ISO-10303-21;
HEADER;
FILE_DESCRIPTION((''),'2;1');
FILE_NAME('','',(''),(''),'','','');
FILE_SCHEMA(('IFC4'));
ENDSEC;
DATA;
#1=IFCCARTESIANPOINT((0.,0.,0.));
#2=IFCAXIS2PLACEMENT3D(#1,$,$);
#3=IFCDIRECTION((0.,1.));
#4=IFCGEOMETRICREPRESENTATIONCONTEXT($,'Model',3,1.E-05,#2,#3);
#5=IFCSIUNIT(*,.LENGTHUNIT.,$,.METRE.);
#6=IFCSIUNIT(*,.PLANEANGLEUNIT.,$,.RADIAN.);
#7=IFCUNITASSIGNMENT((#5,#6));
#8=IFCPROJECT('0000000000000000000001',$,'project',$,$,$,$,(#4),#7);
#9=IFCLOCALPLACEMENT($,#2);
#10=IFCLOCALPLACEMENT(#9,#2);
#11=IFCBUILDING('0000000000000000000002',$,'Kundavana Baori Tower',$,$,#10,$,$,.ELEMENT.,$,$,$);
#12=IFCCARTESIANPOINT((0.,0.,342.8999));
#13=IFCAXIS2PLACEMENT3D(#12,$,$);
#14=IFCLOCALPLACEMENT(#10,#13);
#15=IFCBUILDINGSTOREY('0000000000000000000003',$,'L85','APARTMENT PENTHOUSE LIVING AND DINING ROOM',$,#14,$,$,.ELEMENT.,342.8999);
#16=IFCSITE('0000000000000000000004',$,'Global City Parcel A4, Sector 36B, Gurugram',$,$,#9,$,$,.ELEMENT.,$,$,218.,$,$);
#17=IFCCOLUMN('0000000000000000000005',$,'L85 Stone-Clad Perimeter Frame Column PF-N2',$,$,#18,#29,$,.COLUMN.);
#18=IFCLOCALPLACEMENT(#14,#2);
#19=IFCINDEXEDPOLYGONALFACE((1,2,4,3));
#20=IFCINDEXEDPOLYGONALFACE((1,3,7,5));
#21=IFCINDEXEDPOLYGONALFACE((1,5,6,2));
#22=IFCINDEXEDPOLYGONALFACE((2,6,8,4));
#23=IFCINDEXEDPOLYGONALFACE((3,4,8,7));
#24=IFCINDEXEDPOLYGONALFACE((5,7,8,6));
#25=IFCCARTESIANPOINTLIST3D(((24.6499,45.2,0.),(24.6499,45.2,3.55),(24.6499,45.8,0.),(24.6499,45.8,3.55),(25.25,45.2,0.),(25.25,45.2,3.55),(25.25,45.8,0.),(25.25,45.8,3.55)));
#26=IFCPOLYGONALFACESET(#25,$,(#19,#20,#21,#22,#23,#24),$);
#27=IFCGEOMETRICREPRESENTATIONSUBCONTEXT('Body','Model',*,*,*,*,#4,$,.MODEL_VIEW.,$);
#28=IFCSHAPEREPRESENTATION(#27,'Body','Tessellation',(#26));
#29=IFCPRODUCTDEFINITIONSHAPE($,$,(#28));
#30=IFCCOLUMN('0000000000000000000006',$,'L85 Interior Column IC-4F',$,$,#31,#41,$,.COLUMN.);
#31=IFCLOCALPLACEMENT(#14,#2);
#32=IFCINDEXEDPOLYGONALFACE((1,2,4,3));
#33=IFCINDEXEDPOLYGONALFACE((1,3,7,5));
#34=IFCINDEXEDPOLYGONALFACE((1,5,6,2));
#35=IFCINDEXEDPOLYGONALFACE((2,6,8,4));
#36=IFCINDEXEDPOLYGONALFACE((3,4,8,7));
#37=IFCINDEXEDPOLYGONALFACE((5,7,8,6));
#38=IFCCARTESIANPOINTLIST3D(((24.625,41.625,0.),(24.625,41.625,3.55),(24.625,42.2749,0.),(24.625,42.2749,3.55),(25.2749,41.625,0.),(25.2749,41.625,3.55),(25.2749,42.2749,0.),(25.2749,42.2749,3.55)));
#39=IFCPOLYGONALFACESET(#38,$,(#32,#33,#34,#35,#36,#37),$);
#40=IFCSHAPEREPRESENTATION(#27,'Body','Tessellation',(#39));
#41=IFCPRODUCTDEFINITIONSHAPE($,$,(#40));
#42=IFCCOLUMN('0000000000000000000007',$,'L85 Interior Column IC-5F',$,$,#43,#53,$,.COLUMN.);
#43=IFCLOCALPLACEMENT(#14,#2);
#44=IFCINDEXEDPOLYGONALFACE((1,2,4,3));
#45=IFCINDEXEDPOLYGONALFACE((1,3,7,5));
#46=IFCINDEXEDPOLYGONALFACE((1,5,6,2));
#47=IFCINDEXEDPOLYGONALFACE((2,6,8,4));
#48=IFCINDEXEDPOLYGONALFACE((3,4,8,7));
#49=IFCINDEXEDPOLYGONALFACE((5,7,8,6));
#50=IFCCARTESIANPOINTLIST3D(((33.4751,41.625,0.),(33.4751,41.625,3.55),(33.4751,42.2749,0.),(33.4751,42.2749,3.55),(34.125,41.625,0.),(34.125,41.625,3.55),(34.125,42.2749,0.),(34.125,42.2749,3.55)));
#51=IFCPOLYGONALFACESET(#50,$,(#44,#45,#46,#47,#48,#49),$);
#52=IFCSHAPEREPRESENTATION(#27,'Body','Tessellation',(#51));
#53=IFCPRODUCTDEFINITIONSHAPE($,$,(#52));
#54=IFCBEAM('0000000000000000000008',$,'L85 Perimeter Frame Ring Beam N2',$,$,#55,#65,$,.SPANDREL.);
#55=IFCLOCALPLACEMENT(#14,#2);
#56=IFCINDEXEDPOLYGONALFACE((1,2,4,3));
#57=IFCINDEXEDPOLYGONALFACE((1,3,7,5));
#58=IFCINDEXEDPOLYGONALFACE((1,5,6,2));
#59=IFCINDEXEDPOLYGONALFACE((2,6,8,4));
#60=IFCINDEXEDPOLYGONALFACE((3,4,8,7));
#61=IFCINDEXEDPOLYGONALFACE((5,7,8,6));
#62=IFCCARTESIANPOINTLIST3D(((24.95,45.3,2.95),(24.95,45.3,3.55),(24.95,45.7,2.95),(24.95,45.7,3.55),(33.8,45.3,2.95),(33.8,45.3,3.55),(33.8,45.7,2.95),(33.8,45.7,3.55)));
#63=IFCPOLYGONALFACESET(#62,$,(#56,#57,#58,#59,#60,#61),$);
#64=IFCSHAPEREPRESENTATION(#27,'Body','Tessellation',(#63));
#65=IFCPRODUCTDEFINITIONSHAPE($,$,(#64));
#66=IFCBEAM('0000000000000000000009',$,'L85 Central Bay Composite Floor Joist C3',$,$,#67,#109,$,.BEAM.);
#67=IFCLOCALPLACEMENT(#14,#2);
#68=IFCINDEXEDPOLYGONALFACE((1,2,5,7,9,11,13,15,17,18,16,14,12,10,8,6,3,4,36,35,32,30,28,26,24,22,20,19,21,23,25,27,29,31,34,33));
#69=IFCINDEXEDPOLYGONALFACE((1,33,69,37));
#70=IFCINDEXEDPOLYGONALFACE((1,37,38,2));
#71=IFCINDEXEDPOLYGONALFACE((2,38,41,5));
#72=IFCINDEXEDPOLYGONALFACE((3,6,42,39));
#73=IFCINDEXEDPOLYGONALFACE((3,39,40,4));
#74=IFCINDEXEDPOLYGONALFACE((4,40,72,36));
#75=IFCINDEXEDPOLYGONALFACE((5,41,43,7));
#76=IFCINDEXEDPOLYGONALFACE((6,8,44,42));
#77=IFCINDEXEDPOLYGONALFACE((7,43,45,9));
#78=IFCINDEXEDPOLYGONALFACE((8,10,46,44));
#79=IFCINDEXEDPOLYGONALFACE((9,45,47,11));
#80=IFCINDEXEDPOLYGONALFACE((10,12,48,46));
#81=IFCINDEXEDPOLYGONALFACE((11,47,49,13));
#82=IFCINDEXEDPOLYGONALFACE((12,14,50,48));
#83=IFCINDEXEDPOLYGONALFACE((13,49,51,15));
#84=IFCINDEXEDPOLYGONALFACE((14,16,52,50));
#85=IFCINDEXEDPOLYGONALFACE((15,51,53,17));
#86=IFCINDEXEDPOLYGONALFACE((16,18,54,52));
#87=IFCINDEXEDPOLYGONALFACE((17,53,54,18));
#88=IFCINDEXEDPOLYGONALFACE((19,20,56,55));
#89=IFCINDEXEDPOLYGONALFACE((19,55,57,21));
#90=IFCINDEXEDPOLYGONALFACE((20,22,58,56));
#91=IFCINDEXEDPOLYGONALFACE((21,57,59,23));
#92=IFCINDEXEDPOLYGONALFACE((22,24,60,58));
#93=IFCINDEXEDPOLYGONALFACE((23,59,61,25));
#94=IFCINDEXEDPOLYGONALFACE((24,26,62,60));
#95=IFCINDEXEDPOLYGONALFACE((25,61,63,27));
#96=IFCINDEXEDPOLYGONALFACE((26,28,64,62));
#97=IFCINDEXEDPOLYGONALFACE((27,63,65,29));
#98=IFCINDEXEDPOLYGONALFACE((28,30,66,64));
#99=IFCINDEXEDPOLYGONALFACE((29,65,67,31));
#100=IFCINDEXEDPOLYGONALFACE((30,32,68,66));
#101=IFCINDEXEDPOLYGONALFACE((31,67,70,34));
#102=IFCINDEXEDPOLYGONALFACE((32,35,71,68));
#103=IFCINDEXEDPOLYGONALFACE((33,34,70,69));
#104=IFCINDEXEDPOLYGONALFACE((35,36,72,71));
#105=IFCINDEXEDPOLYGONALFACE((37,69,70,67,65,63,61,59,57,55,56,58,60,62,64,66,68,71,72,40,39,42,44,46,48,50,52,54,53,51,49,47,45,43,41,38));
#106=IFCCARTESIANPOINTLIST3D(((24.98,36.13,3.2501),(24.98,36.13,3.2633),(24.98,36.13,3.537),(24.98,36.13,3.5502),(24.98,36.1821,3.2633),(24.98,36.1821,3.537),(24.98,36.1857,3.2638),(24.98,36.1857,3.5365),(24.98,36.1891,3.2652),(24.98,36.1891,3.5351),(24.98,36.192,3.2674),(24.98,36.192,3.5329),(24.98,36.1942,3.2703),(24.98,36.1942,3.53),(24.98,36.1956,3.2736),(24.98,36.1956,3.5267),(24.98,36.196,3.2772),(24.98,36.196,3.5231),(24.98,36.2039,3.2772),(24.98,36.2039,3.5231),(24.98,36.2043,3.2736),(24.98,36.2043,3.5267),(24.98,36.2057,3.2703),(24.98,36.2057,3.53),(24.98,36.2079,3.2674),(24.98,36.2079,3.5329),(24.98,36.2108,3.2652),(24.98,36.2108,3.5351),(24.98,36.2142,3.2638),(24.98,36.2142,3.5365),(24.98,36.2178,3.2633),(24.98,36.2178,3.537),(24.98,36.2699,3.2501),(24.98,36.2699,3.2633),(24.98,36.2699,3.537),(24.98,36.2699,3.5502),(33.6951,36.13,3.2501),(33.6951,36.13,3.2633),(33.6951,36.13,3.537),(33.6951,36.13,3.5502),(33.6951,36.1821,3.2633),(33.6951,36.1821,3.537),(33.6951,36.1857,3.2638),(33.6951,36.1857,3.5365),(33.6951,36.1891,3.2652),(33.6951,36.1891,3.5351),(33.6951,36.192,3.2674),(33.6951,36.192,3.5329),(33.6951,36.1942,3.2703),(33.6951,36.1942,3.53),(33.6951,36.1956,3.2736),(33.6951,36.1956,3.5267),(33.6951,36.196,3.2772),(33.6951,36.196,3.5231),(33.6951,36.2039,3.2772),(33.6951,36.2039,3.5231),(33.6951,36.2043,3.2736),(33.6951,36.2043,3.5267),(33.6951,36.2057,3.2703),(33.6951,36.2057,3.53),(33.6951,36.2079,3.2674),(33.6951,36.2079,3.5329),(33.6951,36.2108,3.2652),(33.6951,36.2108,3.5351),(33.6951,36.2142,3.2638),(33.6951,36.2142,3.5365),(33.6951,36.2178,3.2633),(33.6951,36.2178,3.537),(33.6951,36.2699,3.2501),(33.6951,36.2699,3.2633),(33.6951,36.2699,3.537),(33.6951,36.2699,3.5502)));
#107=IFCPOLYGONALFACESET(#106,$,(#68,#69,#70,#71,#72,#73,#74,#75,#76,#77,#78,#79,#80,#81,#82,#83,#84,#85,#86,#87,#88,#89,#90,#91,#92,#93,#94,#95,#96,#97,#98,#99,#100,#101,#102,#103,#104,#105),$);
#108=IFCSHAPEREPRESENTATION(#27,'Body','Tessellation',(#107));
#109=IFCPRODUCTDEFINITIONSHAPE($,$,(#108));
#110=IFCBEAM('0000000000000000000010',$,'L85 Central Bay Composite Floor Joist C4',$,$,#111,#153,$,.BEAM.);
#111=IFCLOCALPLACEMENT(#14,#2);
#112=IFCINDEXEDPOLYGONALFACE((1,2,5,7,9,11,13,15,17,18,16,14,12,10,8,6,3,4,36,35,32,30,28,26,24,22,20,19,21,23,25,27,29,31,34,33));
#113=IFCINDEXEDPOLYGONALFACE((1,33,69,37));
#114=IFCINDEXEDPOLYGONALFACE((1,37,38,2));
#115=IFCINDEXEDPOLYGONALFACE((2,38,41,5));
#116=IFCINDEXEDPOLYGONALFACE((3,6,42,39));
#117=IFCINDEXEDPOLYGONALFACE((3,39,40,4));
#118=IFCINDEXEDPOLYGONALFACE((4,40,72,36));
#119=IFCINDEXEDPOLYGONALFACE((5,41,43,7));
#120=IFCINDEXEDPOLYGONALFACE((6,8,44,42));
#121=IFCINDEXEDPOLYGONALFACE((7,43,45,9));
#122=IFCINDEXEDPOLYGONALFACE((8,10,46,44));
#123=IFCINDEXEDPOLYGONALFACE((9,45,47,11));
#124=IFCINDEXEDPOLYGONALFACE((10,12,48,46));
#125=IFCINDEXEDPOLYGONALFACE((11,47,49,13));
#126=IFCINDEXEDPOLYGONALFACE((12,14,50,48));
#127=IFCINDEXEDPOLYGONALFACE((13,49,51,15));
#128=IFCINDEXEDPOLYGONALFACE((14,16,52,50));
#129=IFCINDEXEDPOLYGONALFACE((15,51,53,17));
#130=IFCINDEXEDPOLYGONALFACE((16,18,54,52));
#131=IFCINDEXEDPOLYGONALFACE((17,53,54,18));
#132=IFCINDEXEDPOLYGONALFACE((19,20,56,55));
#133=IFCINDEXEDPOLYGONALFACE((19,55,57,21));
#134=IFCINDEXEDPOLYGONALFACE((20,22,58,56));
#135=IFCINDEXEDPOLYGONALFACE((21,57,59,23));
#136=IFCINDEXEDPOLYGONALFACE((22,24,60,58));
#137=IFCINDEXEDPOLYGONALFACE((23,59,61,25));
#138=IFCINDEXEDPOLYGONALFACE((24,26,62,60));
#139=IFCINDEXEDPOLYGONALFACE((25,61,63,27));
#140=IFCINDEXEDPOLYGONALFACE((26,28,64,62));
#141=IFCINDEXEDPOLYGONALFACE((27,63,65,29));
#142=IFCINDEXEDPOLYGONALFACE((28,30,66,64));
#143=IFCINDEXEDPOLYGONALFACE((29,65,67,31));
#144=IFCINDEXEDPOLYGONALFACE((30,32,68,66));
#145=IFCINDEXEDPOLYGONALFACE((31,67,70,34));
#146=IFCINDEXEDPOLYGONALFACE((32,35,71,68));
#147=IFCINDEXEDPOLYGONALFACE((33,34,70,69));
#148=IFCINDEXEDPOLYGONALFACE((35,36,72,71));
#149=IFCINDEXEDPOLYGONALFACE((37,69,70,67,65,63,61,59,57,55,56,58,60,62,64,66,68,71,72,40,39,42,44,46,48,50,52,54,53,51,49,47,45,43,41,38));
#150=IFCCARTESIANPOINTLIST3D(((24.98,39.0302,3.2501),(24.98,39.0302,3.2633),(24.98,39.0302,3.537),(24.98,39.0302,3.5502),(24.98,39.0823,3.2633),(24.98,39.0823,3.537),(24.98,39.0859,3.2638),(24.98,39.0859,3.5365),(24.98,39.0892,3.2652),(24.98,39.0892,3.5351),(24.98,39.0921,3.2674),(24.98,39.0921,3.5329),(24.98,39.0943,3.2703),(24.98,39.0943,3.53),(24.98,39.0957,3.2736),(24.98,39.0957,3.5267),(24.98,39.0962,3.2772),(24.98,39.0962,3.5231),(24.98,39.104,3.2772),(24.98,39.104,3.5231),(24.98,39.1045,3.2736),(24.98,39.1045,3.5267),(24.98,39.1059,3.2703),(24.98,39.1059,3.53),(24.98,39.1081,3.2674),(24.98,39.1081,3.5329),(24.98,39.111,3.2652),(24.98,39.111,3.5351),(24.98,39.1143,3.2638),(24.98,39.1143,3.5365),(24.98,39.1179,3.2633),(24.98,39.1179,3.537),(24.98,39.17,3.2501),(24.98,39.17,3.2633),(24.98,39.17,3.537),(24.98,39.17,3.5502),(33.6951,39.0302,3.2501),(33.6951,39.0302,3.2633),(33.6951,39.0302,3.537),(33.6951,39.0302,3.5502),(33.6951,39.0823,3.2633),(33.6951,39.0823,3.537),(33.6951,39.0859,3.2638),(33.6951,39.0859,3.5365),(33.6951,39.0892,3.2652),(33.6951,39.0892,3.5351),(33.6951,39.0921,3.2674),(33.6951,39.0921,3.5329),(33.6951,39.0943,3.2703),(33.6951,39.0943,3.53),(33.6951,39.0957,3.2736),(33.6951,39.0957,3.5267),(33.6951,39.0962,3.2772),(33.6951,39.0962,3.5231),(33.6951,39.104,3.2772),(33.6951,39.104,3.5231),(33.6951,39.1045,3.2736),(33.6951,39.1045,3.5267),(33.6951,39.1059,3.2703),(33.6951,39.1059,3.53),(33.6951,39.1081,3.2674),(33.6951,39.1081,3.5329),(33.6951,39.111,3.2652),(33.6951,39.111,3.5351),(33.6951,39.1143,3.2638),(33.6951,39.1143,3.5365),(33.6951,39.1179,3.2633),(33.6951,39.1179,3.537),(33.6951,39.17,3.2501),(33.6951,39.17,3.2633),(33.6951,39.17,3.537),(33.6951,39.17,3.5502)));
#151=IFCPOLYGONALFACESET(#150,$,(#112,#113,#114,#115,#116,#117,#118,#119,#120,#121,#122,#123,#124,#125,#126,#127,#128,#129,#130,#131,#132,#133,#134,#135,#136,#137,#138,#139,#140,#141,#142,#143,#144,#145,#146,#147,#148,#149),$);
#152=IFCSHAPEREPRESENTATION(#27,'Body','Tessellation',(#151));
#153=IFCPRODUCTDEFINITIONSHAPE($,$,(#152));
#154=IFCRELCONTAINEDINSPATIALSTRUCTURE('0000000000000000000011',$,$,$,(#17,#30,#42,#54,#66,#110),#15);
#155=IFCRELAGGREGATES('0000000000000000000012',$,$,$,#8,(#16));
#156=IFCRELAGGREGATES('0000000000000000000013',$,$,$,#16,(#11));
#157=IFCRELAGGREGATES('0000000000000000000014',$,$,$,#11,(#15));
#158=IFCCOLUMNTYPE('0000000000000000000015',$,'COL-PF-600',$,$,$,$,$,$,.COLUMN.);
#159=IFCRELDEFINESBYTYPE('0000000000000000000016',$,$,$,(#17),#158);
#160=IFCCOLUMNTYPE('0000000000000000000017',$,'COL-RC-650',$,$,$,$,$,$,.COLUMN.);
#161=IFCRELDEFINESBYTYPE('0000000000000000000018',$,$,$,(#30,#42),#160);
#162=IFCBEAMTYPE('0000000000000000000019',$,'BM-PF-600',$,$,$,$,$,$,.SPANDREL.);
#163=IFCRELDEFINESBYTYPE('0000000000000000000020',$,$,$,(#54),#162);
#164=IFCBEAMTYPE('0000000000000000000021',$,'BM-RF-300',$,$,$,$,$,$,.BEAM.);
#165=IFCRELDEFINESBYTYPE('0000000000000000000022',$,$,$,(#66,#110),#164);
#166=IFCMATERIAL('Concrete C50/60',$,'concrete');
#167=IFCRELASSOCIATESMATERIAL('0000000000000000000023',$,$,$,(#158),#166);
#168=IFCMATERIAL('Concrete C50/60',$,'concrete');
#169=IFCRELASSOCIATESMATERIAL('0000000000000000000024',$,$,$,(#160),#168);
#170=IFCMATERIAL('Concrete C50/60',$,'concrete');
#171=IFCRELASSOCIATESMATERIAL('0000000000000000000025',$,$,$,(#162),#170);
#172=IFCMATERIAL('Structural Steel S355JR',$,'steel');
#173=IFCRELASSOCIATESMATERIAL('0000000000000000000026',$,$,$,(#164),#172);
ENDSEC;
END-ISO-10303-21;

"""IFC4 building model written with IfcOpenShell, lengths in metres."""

from ifc_helpers import new_model, si_unit, direction, frame, origin, origin_2d, place, context, subcontext, project, spatial, rectangle, i_section, extrude, material, material_profile, profile_set, type_object, element, save


model = new_model("IFC4")

# Units and contexts
model_context = context("Model", 3, precision=1e-05, world=origin(), true_north=direction((0.0, 1.0)))
body_context = subcontext(model_context, "Body", "Model", "MODEL_VIEW")
ifc_project = project(units=[si_unit("LENGTHUNIT", "METRE"), si_unit("PLANEANGLEUNIT", "RADIAN")], contexts=[model_context])

# Site, building, storey
site_placement = place(None, origin())
site = spatial("IfcSite", under=ifc_project, at=site_placement, Name="Global City Parcel A4, Sector 36B, Gurugram", CompositionType="ELEMENT", RefElevation=218.0)
building_placement = place(site_placement, origin())
building = spatial("IfcBuilding", under=site, at=building_placement, Name="Kundavana Baori Tower", CompositionType="ELEMENT")
storey_placement = place(building_placement, frame((0.0, 0.0, 342.8999)))
storey = spatial("IfcBuildingStorey", under=building, at=storey_placement, Name="L85", Description="APARTMENT PENTHOUSE LIVING AND DINING ROOM", CompositionType="ELEMENT", Elevation=342.8999)

# Columns
ifc_material_1 = material(Name="Concrete C50/60", Category="concrete")
ifc_material_profile_1 = material_profile(ifc_material_1, rectangle(XDim=0.6001, YDim=0.6001, at=origin_2d()), Name="RC PF 600x600")
ifc_profile_set_1 = profile_set([ifc_material_profile_1], Name="Concrete C50/60")
column_type_1 = type_object("IfcColumnType", Name="COL-PF-600", PredefinedType="COLUMN", material=ifc_profile_set_1)
column_placement = place(storey_placement, frame((24.95, 45.5, 0.0), z_axis=(0.0, 0.0, 1.0), x_axis=(1.0, 0.0, 0.0)))
element("IfcColumn", 1, at=column_placement, inside=storey, type_object=column_type_1, Name="L85 Stone-Clad Perimeter Frame Column PF-N2", PredefinedType="COLUMN", context=body_context, shape_type="SweptSolid", body=[
    extrude(rectangle(XDim=0.6001, YDim=0.6001, at=origin_2d()), origin(), (0.0, 0.0, 1.0), 3.55),
])
ifc_material_2 = material(Name="Concrete C50/60", Category="concrete")
ifc_material_profile_2 = material_profile(ifc_material_2, rectangle(XDim=0.6499, YDim=0.6499, at=origin_2d()), Name="RC 650x650")
ifc_profile_set_2 = profile_set([ifc_material_profile_2], Name="Concrete C50/60")
column_type_2 = type_object("IfcColumnType", Name="COL-RC-650", PredefinedType="COLUMN", material=ifc_profile_set_2)
for number, where, z_axis, x_axis, name in (
    (2, (24.95, 41.95, 0.0), (0.0, 0.0, 1.0), (1.0, 0.0, 0.0), "L85 Interior Column IC-4F"),
    (3, (33.8, 41.95, 0.0), (0.0, 0.0, 1.0), (1.0, 0.0, 0.0), "L85 Interior Column IC-5F"),
):
    element("IfcColumn", number, at=place(storey_placement, frame(where, z_axis=z_axis, x_axis=x_axis)), inside=storey, type_object=column_type_2, Name=name, PredefinedType="COLUMN", context=body_context, shape_type="SweptSolid", body=[
        extrude(rectangle(XDim=0.6499, YDim=0.6499, at=origin_2d()), origin(), (0.0, 0.0, 1.0), 3.55),
    ])

# Beams
ifc_material_3 = material(Name="Concrete C50/60", Category="concrete")
ifc_material_profile_3 = material_profile(ifc_material_3, rectangle(XDim=0.3999, YDim=0.6001, at=origin_2d()), Name="RC BM 400x600")
ifc_profile_set_3 = profile_set([ifc_material_profile_3], Name="Concrete C50/60")
beam_type_1 = type_object("IfcBeamType", Name="BM-PF-600", PredefinedType="SPANDREL", material=ifc_profile_set_3)
beam_1_placement = place(storey_placement, frame((24.95, 45.5, 3.25), z_axis=(1.0, 0.0, 0.0), x_axis=(0.0, 1.0, 0.0)))
element("IfcBeam", 4, at=beam_1_placement, inside=storey, type_object=beam_type_1, Name="L85 Perimeter Frame Ring Beam N2", PredefinedType="SPANDREL", context=body_context, shape_type="SweptSolid", body=[
    extrude(rectangle(XDim=0.3999, YDim=0.6001, at=origin_2d()), origin(), (0.0, 0.0, 1.0), 8.8501),
])
ifc_material_4 = material(Name="Structural Steel S355JR", Category="steel")
ifc_material_profile_4 = material_profile(ifc_material_4, i_section(OverallWidth=0.1399, OverallDepth=0.3, WebThickness=0.0078, FlangeThickness=0.0132, FilletRadius=0.0139, at=origin_2d()), Name="ISMB 300")
ifc_profile_set_4 = profile_set([ifc_material_profile_4], Name="Structural Steel S355JR")
beam_type_2 = type_object("IfcBeamType", Name="BM-RF-300", PredefinedType="BEAM", material=ifc_profile_set_4)
for number, where, z_axis, x_axis, name in (
    (5, (24.98, 36.2, 3.4001), (1.0, 0.0, 0.0), (0.0, 1.0, 0.0), "L85 Central Bay Composite Floor Joist C3"),
    (6, (24.98, 39.1001, 3.4001), (1.0, 0.0, 0.0), (0.0, 1.0, 0.0), "L85 Central Bay Composite Floor Joist C4"),
):
    element("IfcBeam", number, at=place(storey_placement, frame(where, z_axis=z_axis, x_axis=x_axis)), inside=storey, type_object=beam_type_2, Name=name, PredefinedType="BEAM", context=body_context, shape_type="SweptSolid", body=[
        extrude(i_section(OverallWidth=0.1399, OverallDepth=0.3, WebThickness=0.0078, FlangeThickness=0.0132, FilletRadius=0.0139, at=origin_2d()), origin(), (0.0, 0.0, 1.0), 8.7151),
    ])

save(model, "model.ifc")
